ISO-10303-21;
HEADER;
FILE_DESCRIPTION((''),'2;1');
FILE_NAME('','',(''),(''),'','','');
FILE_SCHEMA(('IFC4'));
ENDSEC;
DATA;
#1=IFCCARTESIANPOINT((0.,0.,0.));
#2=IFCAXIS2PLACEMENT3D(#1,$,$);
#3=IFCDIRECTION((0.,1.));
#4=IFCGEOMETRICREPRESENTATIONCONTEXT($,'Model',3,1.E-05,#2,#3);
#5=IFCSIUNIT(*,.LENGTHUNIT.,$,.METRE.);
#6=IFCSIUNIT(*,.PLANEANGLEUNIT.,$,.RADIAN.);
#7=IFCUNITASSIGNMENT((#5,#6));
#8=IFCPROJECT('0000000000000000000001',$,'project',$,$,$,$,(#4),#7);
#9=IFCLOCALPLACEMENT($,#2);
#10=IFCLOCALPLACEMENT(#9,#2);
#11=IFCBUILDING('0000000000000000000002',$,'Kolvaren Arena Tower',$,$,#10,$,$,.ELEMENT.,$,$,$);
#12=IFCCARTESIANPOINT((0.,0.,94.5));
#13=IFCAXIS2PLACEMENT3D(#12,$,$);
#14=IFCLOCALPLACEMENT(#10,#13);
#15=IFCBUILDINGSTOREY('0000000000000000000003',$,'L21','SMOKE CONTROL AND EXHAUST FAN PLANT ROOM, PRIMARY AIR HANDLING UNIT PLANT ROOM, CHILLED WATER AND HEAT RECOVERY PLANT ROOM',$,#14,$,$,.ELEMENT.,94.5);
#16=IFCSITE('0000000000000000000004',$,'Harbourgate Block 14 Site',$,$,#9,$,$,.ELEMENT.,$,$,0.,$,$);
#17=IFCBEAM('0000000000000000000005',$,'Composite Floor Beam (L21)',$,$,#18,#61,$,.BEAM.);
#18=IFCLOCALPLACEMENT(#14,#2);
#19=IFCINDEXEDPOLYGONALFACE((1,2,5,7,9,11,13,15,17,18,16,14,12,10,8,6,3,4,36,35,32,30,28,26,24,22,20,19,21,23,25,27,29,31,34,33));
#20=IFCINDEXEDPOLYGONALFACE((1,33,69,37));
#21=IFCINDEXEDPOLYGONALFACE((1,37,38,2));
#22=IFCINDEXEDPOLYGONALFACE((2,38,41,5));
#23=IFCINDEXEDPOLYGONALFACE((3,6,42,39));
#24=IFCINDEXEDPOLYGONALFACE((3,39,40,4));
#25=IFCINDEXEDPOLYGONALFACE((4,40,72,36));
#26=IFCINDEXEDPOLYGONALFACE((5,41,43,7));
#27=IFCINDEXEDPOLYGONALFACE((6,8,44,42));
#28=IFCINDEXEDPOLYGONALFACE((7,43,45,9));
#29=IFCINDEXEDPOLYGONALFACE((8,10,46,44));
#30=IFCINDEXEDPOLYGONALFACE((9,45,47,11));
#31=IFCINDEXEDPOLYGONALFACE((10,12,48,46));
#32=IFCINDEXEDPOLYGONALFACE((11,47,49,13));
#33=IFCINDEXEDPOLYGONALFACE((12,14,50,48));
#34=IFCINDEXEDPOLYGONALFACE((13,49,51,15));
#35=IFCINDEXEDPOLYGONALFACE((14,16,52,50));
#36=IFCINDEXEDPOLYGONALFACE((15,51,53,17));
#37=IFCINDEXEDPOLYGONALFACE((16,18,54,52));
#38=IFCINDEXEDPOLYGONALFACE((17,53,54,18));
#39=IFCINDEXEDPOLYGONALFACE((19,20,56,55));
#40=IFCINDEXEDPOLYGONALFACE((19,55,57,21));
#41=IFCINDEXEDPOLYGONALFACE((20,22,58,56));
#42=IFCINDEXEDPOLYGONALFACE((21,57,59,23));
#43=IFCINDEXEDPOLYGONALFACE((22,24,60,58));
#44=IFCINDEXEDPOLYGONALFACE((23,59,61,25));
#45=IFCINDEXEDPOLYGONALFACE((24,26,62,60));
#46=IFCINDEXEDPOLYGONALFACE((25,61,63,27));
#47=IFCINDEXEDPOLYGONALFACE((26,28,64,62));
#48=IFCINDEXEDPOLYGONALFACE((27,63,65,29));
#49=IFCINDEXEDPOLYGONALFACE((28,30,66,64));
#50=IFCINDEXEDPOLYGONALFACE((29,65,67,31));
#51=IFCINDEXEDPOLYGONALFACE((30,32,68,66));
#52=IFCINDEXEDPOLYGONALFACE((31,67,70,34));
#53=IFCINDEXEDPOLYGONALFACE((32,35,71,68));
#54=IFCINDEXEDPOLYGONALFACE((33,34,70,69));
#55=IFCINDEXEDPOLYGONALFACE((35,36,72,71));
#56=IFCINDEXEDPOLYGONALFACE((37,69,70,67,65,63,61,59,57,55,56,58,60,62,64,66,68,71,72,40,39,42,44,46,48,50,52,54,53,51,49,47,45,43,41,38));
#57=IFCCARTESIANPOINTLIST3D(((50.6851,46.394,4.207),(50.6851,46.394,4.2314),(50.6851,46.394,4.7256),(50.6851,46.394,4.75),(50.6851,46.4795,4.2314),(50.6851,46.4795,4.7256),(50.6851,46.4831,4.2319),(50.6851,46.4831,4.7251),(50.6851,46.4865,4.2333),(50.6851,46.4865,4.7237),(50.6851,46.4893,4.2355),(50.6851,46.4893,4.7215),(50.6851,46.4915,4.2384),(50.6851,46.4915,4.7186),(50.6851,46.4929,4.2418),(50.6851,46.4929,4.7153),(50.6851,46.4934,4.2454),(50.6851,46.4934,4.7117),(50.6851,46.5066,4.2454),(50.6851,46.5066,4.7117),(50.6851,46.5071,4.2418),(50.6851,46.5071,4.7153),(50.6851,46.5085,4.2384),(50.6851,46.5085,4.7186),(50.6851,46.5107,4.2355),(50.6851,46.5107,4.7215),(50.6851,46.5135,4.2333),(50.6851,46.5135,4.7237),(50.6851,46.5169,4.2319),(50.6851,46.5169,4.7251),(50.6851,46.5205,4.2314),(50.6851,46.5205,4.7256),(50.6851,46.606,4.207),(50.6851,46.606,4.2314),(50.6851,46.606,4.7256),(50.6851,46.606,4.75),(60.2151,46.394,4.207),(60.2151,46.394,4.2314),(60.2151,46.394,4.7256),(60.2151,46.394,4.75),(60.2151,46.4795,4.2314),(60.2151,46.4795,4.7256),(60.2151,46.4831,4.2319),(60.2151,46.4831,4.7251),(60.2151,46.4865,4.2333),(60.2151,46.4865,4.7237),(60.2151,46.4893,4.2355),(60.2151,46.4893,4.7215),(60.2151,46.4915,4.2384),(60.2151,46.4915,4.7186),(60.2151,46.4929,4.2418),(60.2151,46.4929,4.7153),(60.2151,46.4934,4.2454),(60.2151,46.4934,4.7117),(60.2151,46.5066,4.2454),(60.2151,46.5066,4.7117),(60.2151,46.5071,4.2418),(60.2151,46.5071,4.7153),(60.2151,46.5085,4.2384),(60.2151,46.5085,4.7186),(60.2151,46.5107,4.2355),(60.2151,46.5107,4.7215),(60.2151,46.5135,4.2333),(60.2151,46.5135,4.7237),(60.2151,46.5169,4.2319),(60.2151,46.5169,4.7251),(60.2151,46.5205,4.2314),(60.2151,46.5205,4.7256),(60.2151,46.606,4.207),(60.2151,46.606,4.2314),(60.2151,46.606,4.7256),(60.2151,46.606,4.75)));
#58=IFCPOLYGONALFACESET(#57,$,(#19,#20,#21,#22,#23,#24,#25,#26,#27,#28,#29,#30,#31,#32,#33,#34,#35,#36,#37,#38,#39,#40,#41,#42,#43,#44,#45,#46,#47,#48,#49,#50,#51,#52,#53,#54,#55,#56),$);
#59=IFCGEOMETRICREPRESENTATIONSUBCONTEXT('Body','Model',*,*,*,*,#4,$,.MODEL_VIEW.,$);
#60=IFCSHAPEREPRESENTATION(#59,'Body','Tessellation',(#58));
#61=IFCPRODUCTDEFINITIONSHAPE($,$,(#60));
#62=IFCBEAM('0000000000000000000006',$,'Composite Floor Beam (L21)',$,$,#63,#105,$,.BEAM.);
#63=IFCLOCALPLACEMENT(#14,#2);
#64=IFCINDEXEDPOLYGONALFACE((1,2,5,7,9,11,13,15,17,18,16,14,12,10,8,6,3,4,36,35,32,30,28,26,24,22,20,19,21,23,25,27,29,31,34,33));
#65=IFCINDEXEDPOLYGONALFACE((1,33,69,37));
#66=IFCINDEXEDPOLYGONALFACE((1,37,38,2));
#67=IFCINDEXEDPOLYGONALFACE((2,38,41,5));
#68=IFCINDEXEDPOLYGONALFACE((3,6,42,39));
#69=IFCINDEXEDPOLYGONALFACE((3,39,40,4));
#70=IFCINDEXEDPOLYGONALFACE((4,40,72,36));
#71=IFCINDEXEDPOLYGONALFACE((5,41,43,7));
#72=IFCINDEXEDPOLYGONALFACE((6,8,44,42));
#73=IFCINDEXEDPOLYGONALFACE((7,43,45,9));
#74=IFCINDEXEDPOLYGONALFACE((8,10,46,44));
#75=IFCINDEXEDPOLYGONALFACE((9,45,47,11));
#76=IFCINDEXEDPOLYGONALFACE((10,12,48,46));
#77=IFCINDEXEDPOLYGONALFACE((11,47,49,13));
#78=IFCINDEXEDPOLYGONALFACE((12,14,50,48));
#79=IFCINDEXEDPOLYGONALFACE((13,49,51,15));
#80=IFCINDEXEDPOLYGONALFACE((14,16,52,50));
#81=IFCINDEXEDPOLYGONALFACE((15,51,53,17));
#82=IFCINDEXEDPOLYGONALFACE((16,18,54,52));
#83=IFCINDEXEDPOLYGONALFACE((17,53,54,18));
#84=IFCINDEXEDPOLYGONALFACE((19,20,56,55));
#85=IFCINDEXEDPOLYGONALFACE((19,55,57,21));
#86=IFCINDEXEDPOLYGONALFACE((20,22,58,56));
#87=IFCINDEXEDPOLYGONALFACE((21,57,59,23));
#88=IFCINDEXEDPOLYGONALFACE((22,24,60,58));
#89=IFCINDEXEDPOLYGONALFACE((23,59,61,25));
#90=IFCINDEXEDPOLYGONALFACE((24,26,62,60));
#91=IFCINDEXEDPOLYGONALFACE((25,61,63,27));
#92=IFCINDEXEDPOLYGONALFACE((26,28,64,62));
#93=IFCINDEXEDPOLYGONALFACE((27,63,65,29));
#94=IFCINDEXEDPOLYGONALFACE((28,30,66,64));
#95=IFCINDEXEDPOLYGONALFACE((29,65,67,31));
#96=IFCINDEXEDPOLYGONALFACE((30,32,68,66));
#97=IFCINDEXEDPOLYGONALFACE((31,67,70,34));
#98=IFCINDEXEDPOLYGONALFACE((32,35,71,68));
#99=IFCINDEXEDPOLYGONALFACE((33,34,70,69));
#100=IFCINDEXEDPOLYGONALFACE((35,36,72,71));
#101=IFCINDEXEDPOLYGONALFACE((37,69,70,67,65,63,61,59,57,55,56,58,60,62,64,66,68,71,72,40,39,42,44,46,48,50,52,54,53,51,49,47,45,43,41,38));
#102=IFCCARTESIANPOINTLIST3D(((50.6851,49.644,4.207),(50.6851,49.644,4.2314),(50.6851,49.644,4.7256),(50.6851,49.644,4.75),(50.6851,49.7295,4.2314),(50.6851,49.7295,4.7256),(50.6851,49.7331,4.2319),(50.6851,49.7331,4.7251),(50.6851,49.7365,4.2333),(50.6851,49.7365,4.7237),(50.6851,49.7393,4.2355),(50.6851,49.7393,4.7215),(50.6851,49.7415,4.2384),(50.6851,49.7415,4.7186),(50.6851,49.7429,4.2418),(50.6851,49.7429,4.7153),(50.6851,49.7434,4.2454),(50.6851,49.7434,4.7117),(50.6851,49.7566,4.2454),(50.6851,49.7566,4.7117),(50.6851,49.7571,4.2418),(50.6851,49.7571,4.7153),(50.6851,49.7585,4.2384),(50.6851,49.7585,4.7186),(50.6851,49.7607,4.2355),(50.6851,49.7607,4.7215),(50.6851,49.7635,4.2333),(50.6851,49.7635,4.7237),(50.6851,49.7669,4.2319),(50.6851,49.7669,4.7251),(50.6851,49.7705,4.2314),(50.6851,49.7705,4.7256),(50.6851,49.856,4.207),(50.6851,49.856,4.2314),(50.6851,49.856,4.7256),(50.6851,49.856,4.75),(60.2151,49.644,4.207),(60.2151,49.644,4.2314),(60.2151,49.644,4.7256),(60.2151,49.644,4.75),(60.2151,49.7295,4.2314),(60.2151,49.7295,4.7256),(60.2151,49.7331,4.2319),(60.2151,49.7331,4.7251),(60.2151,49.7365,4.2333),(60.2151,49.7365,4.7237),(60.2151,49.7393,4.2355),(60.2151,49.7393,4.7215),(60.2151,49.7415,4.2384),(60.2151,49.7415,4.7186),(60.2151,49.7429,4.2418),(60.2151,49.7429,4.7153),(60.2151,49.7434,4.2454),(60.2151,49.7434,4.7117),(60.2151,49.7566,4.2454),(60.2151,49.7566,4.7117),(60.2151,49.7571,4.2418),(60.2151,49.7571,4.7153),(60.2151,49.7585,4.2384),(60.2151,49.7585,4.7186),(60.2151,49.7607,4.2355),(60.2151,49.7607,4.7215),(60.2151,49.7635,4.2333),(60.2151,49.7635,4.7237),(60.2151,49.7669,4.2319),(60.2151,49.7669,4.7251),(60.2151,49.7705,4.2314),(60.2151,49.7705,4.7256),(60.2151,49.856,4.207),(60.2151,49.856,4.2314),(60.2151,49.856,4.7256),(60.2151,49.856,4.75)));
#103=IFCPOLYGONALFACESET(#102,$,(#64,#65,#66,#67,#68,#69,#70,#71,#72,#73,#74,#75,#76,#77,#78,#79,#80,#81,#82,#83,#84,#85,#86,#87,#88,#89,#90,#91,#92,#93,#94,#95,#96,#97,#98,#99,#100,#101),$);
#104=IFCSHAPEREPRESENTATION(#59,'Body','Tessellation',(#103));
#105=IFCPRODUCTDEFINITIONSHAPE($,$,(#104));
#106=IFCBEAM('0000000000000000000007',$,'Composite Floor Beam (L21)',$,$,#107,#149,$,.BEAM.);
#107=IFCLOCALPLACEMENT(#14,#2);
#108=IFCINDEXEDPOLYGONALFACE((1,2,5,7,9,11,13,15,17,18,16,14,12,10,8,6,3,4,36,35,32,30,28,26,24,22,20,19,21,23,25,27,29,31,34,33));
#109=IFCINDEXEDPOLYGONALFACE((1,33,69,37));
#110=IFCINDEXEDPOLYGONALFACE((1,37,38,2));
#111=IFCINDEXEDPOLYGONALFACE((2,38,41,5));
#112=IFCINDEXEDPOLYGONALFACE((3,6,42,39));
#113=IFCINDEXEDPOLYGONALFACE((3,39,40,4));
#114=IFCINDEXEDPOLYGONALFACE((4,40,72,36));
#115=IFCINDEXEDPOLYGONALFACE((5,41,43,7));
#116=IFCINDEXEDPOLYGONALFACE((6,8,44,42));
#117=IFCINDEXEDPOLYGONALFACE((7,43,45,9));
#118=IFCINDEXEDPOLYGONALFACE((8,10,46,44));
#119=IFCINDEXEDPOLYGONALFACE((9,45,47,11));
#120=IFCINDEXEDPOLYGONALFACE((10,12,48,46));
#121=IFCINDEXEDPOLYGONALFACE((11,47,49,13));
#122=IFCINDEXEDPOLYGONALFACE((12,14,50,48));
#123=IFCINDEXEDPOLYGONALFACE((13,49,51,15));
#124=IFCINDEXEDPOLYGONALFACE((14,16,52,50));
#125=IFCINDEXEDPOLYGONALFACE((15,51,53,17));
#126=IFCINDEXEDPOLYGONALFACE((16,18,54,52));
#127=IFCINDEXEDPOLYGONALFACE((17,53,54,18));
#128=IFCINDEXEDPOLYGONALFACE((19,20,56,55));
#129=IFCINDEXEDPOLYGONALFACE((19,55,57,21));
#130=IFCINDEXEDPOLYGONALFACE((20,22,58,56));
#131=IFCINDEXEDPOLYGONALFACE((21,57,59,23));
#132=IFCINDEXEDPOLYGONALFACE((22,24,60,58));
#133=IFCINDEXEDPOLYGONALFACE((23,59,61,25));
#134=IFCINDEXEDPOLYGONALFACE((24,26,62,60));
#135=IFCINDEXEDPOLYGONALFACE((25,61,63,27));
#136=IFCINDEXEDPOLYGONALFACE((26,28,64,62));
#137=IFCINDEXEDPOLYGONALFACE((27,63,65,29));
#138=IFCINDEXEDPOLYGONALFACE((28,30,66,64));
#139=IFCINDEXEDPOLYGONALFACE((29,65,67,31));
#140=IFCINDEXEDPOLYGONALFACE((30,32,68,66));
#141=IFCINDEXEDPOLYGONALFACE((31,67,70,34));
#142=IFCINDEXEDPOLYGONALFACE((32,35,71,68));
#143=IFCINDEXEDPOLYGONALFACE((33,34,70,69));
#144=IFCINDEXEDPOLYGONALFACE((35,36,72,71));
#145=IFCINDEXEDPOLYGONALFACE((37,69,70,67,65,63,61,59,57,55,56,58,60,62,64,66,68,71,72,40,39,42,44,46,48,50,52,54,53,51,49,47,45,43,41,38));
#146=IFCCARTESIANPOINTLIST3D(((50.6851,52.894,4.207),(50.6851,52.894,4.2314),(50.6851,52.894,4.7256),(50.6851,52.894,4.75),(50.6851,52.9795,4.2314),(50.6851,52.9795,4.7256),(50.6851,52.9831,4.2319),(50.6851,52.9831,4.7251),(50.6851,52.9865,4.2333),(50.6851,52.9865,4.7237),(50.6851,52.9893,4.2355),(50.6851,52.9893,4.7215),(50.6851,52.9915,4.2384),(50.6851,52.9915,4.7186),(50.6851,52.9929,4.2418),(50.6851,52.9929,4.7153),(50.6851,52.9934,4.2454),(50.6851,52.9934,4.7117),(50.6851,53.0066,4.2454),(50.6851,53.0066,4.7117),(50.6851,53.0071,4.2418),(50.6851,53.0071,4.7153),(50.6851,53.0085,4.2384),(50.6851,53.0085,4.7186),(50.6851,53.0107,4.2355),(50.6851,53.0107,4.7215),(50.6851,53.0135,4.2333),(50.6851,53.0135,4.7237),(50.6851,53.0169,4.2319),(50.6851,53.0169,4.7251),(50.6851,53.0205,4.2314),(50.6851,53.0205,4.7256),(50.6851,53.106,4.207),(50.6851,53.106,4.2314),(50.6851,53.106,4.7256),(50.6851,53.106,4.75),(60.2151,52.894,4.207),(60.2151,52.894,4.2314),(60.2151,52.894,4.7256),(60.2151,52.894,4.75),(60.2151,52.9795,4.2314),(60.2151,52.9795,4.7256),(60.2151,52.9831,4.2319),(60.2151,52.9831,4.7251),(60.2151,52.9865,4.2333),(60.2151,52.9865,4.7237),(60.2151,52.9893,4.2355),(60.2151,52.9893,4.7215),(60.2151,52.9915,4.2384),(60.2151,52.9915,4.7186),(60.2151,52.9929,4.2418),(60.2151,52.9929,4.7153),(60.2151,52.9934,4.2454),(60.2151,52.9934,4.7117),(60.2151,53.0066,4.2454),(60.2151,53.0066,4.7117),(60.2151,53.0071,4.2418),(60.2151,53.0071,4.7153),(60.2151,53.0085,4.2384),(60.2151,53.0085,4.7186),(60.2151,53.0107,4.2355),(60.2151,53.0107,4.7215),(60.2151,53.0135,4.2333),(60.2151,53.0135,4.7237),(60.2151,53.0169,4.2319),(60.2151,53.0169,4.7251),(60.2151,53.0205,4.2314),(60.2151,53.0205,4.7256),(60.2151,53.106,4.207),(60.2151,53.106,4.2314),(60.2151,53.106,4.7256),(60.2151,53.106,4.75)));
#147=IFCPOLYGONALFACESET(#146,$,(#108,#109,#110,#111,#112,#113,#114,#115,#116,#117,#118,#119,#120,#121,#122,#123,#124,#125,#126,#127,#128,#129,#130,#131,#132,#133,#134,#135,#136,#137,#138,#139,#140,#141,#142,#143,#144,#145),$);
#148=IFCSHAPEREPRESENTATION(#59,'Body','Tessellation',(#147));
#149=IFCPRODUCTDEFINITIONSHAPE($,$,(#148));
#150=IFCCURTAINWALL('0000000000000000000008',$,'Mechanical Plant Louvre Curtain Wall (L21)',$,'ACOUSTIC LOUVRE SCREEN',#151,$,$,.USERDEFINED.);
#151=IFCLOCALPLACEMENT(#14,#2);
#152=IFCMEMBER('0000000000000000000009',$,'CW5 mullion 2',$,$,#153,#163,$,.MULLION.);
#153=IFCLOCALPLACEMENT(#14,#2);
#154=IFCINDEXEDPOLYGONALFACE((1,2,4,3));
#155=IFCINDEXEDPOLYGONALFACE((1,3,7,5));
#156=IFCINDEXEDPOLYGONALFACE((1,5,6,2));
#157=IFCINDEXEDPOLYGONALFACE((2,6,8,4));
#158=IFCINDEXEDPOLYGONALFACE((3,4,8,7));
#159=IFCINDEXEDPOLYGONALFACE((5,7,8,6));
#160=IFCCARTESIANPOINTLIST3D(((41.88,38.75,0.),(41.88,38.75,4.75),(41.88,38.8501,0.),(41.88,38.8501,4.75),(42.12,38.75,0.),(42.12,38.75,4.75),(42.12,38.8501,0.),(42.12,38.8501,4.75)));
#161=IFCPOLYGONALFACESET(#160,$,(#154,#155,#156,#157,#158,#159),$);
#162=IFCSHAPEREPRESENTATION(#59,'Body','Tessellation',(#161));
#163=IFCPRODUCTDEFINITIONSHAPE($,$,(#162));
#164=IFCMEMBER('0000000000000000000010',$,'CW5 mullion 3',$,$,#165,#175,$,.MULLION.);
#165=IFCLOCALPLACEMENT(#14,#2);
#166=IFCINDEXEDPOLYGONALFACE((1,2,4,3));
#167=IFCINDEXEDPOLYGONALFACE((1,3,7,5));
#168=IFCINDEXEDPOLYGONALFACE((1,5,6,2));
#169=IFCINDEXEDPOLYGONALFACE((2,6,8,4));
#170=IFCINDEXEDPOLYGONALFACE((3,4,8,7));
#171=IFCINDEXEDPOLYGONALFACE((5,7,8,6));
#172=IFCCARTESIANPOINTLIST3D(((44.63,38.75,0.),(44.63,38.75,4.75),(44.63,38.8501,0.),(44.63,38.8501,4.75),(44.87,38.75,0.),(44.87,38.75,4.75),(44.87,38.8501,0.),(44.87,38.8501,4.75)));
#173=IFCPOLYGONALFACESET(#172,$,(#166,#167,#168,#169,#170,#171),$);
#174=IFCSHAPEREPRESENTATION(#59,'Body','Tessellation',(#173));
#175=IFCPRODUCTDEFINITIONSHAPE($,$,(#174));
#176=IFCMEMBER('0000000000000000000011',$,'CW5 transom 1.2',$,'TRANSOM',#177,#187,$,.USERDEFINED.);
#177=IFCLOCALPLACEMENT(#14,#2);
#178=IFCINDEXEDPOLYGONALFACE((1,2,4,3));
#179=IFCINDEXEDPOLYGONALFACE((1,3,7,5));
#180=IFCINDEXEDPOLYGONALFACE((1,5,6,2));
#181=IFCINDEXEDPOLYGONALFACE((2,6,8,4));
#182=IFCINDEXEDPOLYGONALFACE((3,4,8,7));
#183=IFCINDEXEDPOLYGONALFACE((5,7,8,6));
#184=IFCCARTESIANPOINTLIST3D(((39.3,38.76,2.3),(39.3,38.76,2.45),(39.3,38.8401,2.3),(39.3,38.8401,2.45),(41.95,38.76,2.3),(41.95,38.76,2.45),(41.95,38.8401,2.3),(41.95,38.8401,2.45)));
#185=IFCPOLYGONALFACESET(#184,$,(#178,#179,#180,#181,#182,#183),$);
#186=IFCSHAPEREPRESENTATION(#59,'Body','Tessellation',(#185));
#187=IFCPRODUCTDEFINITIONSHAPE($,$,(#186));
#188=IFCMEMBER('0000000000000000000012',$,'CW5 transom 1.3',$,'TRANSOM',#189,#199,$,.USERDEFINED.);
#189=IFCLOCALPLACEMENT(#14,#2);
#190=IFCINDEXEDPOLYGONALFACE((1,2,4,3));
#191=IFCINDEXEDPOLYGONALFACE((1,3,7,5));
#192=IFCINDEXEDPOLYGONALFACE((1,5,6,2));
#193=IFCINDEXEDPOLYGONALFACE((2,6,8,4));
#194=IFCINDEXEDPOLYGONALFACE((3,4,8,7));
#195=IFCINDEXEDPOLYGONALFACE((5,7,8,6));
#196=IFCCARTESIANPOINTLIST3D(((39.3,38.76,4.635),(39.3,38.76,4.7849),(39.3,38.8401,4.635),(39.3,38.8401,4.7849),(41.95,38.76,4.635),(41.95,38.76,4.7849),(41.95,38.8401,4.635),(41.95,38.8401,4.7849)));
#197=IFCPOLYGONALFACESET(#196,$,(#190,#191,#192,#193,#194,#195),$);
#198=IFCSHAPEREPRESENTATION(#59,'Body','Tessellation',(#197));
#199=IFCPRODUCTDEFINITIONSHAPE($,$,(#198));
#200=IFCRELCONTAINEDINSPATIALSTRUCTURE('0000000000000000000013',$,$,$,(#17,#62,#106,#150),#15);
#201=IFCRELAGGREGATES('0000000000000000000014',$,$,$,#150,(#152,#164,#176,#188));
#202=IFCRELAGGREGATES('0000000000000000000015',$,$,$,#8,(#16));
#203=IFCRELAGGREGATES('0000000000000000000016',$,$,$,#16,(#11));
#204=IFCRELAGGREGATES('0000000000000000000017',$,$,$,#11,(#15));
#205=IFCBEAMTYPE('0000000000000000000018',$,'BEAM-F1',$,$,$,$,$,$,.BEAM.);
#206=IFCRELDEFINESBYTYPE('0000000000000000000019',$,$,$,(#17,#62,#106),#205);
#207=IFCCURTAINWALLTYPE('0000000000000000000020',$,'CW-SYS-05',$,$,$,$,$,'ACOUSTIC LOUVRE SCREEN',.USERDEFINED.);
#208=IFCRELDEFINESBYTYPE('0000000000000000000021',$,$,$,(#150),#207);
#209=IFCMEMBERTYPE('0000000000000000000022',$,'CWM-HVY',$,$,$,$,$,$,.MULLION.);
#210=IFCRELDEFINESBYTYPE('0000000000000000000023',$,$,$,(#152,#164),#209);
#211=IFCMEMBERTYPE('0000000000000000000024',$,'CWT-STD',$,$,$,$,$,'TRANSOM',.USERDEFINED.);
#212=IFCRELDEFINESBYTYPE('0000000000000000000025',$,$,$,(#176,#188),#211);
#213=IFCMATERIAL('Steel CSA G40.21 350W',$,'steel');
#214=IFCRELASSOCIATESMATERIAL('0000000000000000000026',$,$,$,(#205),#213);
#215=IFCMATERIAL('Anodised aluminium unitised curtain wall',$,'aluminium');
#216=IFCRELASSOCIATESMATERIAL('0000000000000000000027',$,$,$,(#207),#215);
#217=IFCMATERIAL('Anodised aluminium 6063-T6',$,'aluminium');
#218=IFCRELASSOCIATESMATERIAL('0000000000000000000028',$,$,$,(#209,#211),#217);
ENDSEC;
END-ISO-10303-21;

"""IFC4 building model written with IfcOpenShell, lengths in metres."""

from ifc_helpers import new_model, si_unit, direction, frame, origin, origin_2d, place, context, subcontext, project, spatial, rectangle, i_section, extrude, material, material_profile, profile_set, type_object, element, aggregate, save


model = new_model("IFC4")

# Units and contexts
model_context = context("Model", 3, precision=1e-05, world=origin(), true_north=direction((0.0, 1.0)))
body_context = subcontext(model_context, "Body", "Model", "MODEL_VIEW")
ifc_project = project(units=[si_unit("LENGTHUNIT", "METRE"), si_unit("PLANEANGLEUNIT", "RADIAN")], contexts=[model_context])

# Site, building, storey
site_placement = place(None, origin())
site = spatial("IfcSite", under=ifc_project, at=site_placement, Name="Harbourgate Block 14 Site", CompositionType="ELEMENT", RefElevation=0.0)
building_placement = place(site_placement, origin())
building = spatial("IfcBuilding", under=site, at=building_placement, Name="Kolvaren Arena Tower", CompositionType="ELEMENT")
storey_placement = place(building_placement, frame((0.0, 0.0, 94.5)))
storey = spatial("IfcBuildingStorey", under=building, at=storey_placement, Name="L21", Description="SMOKE CONTROL AND EXHAUST FAN PLANT ROOM, PRIMARY AIR HANDLING UNIT PLANT ROOM, CHILLED WATER AND HEAT RECOVERY PLANT ROOM", CompositionType="ELEMENT", Elevation=94.5)

# Beams
ifc_material_1 = material(Name="Steel CSA G40.21 350W", Category="steel")
ifc_material_profile_1 = material_profile(ifc_material_1, i_section(OverallWidth=0.2119, OverallDepth=0.543, WebThickness=0.0132, FlangeThickness=0.0244, FilletRadius=0.0139, at=origin_2d()), Name="W530x150")
ifc_profile_set_1 = profile_set([ifc_material_profile_1], Name="Steel CSA G40.21 350W")
beam_type_1 = type_object("IfcBeamType", Name="BEAM-F1", PredefinedType="BEAM", material=ifc_profile_set_1)
for number, where, z_axis, x_axis, name in (
    (1, (50.6851, 46.5, 4.4785), (1.0, 0.0, 0.0), (0.0, 1.0, 0.0), "Composite Floor Beam (L21)"),
    (2, (50.6851, 49.75, 4.4785), (1.0, 0.0, 0.0), (0.0, 1.0, 0.0), "Composite Floor Beam (L21)"),
    (3, (50.6851, 53.0, 4.4785), (1.0, 0.0, 0.0), (0.0, 1.0, 0.0), "Composite Floor Beam (L21)"),
):
    element("IfcBeam", number, at=place(storey_placement, frame(where, z_axis=z_axis, x_axis=x_axis)), inside=storey, type_object=beam_type_1, Name=name, PredefinedType="BEAM", context=body_context, shape_type="SweptSolid", body=[
        extrude(i_section(OverallWidth=0.2119, OverallDepth=0.543, WebThickness=0.0132, FlangeThickness=0.0244, FilletRadius=0.0139, at=origin_2d()), origin(), (0.0, 0.0, 1.0), 9.53),
    ])

# Curtain wall, members
ifc_material_2 = material(Name="Anodised aluminium unitised curtain wall", Category="aluminium")
curtain_wall_type = type_object("IfcCurtainWallType", Name="CW-SYS-05", ElementType="ACOUSTIC LOUVRE SCREEN", PredefinedType="USERDEFINED", material=ifc_material_2)
curtain_wall_placement = place(storey_placement, origin())
curtain_wall = element("IfcCurtainWall", 4, at=curtain_wall_placement, inside=storey, type_object=curtain_wall_type, Name="Mechanical Plant Louvre Curtain Wall (L21)", ObjectType="ACOUSTIC LOUVRE SCREEN", PredefinedType="USERDEFINED")
ifc_material_3 = material(Name="Anodised aluminium 6063-T6", Category="aluminium")
ifc_material_profile_2 = material_profile(ifc_material_3, rectangle(XDim=0.1001, YDim=0.24, at=origin_2d()), Name="ALU-100x240")
ifc_profile_set_2 = profile_set([ifc_material_profile_2], Name="Anodised aluminium 6063-T6")
member_type_1 = type_object("IfcMemberType", Name="CWM-HVY", PredefinedType="MULLION", material=ifc_profile_set_2)
member_1_placement = place(storey_placement, frame((42.0, 38.8, 0.0), z_axis=(0.0, 0.0, 1.0), x_axis=(0.0, 1.0, 0.0)))
member_1 = element("IfcMember", 5, at=member_1_placement, type_object=member_type_1, Name="CW5 mullion 2", PredefinedType="MULLION", context=body_context, shape_type="SweptSolid", body=[
    extrude(rectangle(XDim=0.1001, YDim=0.24, at=origin_2d()), origin(), (0.0, 0.0, 1.0), 4.75),
])
member_2_placement = place(storey_placement, frame((44.75, 38.8, 0.0), z_axis=(0.0, 0.0, 1.0), x_axis=(0.0, 1.0, 0.0)))
member_2 = element("IfcMember", 6, at=member_2_placement, type_object=member_type_1, Name="CW5 mullion 3", PredefinedType="MULLION", context=body_context, shape_type="SweptSolid", body=[
    extrude(rectangle(XDim=0.1001, YDim=0.24, at=origin_2d()), origin(), (0.0, 0.0, 1.0), 4.75),
])
ifc_material_profile_3 = material_profile(ifc_material_3, rectangle(XDim=0.0801, YDim=0.1499, at=origin_2d()), Name="ALU-80x150")
ifc_profile_set_3 = profile_set([ifc_material_profile_3], Name="Anodised aluminium 6063-T6")
member_type_2 = type_object("IfcMemberType", Name="CWT-STD", ElementType="TRANSOM", PredefinedType="USERDEFINED", material=ifc_profile_set_3)
member_3_placement = place(storey_placement, frame((39.3, 38.8, 2.375), z_axis=(1.0, 0.0, 0.0), x_axis=(0.0, 1.0, 0.0)))
member_3 = element("IfcMember", 7, at=member_3_placement, type_object=member_type_2, Name="CW5 transom 1.2", ObjectType="TRANSOM", PredefinedType="USERDEFINED", context=body_context, shape_type="SweptSolid", body=[
    extrude(rectangle(XDim=0.0801, YDim=0.1499, at=origin_2d()), origin(), (0.0, 0.0, 1.0), 2.6499),
])
member_4_placement = place(storey_placement, frame((39.3, 38.8, 4.71), z_axis=(1.0, 0.0, 0.0), x_axis=(0.0, 1.0, 0.0)))
member_4 = element("IfcMember", 8, at=member_4_placement, type_object=member_type_2, Name="CW5 transom 1.3", ObjectType="TRANSOM", PredefinedType="USERDEFINED", context=body_context, shape_type="SweptSolid", body=[
    extrude(rectangle(XDim=0.0801, YDim=0.1499, at=origin_2d()), origin(), (0.0, 0.0, 1.0), 2.6499),
])

aggregate(curtain_wall, [member_1, member_2, member_3, member_4])

save(model, "model.ifc")
